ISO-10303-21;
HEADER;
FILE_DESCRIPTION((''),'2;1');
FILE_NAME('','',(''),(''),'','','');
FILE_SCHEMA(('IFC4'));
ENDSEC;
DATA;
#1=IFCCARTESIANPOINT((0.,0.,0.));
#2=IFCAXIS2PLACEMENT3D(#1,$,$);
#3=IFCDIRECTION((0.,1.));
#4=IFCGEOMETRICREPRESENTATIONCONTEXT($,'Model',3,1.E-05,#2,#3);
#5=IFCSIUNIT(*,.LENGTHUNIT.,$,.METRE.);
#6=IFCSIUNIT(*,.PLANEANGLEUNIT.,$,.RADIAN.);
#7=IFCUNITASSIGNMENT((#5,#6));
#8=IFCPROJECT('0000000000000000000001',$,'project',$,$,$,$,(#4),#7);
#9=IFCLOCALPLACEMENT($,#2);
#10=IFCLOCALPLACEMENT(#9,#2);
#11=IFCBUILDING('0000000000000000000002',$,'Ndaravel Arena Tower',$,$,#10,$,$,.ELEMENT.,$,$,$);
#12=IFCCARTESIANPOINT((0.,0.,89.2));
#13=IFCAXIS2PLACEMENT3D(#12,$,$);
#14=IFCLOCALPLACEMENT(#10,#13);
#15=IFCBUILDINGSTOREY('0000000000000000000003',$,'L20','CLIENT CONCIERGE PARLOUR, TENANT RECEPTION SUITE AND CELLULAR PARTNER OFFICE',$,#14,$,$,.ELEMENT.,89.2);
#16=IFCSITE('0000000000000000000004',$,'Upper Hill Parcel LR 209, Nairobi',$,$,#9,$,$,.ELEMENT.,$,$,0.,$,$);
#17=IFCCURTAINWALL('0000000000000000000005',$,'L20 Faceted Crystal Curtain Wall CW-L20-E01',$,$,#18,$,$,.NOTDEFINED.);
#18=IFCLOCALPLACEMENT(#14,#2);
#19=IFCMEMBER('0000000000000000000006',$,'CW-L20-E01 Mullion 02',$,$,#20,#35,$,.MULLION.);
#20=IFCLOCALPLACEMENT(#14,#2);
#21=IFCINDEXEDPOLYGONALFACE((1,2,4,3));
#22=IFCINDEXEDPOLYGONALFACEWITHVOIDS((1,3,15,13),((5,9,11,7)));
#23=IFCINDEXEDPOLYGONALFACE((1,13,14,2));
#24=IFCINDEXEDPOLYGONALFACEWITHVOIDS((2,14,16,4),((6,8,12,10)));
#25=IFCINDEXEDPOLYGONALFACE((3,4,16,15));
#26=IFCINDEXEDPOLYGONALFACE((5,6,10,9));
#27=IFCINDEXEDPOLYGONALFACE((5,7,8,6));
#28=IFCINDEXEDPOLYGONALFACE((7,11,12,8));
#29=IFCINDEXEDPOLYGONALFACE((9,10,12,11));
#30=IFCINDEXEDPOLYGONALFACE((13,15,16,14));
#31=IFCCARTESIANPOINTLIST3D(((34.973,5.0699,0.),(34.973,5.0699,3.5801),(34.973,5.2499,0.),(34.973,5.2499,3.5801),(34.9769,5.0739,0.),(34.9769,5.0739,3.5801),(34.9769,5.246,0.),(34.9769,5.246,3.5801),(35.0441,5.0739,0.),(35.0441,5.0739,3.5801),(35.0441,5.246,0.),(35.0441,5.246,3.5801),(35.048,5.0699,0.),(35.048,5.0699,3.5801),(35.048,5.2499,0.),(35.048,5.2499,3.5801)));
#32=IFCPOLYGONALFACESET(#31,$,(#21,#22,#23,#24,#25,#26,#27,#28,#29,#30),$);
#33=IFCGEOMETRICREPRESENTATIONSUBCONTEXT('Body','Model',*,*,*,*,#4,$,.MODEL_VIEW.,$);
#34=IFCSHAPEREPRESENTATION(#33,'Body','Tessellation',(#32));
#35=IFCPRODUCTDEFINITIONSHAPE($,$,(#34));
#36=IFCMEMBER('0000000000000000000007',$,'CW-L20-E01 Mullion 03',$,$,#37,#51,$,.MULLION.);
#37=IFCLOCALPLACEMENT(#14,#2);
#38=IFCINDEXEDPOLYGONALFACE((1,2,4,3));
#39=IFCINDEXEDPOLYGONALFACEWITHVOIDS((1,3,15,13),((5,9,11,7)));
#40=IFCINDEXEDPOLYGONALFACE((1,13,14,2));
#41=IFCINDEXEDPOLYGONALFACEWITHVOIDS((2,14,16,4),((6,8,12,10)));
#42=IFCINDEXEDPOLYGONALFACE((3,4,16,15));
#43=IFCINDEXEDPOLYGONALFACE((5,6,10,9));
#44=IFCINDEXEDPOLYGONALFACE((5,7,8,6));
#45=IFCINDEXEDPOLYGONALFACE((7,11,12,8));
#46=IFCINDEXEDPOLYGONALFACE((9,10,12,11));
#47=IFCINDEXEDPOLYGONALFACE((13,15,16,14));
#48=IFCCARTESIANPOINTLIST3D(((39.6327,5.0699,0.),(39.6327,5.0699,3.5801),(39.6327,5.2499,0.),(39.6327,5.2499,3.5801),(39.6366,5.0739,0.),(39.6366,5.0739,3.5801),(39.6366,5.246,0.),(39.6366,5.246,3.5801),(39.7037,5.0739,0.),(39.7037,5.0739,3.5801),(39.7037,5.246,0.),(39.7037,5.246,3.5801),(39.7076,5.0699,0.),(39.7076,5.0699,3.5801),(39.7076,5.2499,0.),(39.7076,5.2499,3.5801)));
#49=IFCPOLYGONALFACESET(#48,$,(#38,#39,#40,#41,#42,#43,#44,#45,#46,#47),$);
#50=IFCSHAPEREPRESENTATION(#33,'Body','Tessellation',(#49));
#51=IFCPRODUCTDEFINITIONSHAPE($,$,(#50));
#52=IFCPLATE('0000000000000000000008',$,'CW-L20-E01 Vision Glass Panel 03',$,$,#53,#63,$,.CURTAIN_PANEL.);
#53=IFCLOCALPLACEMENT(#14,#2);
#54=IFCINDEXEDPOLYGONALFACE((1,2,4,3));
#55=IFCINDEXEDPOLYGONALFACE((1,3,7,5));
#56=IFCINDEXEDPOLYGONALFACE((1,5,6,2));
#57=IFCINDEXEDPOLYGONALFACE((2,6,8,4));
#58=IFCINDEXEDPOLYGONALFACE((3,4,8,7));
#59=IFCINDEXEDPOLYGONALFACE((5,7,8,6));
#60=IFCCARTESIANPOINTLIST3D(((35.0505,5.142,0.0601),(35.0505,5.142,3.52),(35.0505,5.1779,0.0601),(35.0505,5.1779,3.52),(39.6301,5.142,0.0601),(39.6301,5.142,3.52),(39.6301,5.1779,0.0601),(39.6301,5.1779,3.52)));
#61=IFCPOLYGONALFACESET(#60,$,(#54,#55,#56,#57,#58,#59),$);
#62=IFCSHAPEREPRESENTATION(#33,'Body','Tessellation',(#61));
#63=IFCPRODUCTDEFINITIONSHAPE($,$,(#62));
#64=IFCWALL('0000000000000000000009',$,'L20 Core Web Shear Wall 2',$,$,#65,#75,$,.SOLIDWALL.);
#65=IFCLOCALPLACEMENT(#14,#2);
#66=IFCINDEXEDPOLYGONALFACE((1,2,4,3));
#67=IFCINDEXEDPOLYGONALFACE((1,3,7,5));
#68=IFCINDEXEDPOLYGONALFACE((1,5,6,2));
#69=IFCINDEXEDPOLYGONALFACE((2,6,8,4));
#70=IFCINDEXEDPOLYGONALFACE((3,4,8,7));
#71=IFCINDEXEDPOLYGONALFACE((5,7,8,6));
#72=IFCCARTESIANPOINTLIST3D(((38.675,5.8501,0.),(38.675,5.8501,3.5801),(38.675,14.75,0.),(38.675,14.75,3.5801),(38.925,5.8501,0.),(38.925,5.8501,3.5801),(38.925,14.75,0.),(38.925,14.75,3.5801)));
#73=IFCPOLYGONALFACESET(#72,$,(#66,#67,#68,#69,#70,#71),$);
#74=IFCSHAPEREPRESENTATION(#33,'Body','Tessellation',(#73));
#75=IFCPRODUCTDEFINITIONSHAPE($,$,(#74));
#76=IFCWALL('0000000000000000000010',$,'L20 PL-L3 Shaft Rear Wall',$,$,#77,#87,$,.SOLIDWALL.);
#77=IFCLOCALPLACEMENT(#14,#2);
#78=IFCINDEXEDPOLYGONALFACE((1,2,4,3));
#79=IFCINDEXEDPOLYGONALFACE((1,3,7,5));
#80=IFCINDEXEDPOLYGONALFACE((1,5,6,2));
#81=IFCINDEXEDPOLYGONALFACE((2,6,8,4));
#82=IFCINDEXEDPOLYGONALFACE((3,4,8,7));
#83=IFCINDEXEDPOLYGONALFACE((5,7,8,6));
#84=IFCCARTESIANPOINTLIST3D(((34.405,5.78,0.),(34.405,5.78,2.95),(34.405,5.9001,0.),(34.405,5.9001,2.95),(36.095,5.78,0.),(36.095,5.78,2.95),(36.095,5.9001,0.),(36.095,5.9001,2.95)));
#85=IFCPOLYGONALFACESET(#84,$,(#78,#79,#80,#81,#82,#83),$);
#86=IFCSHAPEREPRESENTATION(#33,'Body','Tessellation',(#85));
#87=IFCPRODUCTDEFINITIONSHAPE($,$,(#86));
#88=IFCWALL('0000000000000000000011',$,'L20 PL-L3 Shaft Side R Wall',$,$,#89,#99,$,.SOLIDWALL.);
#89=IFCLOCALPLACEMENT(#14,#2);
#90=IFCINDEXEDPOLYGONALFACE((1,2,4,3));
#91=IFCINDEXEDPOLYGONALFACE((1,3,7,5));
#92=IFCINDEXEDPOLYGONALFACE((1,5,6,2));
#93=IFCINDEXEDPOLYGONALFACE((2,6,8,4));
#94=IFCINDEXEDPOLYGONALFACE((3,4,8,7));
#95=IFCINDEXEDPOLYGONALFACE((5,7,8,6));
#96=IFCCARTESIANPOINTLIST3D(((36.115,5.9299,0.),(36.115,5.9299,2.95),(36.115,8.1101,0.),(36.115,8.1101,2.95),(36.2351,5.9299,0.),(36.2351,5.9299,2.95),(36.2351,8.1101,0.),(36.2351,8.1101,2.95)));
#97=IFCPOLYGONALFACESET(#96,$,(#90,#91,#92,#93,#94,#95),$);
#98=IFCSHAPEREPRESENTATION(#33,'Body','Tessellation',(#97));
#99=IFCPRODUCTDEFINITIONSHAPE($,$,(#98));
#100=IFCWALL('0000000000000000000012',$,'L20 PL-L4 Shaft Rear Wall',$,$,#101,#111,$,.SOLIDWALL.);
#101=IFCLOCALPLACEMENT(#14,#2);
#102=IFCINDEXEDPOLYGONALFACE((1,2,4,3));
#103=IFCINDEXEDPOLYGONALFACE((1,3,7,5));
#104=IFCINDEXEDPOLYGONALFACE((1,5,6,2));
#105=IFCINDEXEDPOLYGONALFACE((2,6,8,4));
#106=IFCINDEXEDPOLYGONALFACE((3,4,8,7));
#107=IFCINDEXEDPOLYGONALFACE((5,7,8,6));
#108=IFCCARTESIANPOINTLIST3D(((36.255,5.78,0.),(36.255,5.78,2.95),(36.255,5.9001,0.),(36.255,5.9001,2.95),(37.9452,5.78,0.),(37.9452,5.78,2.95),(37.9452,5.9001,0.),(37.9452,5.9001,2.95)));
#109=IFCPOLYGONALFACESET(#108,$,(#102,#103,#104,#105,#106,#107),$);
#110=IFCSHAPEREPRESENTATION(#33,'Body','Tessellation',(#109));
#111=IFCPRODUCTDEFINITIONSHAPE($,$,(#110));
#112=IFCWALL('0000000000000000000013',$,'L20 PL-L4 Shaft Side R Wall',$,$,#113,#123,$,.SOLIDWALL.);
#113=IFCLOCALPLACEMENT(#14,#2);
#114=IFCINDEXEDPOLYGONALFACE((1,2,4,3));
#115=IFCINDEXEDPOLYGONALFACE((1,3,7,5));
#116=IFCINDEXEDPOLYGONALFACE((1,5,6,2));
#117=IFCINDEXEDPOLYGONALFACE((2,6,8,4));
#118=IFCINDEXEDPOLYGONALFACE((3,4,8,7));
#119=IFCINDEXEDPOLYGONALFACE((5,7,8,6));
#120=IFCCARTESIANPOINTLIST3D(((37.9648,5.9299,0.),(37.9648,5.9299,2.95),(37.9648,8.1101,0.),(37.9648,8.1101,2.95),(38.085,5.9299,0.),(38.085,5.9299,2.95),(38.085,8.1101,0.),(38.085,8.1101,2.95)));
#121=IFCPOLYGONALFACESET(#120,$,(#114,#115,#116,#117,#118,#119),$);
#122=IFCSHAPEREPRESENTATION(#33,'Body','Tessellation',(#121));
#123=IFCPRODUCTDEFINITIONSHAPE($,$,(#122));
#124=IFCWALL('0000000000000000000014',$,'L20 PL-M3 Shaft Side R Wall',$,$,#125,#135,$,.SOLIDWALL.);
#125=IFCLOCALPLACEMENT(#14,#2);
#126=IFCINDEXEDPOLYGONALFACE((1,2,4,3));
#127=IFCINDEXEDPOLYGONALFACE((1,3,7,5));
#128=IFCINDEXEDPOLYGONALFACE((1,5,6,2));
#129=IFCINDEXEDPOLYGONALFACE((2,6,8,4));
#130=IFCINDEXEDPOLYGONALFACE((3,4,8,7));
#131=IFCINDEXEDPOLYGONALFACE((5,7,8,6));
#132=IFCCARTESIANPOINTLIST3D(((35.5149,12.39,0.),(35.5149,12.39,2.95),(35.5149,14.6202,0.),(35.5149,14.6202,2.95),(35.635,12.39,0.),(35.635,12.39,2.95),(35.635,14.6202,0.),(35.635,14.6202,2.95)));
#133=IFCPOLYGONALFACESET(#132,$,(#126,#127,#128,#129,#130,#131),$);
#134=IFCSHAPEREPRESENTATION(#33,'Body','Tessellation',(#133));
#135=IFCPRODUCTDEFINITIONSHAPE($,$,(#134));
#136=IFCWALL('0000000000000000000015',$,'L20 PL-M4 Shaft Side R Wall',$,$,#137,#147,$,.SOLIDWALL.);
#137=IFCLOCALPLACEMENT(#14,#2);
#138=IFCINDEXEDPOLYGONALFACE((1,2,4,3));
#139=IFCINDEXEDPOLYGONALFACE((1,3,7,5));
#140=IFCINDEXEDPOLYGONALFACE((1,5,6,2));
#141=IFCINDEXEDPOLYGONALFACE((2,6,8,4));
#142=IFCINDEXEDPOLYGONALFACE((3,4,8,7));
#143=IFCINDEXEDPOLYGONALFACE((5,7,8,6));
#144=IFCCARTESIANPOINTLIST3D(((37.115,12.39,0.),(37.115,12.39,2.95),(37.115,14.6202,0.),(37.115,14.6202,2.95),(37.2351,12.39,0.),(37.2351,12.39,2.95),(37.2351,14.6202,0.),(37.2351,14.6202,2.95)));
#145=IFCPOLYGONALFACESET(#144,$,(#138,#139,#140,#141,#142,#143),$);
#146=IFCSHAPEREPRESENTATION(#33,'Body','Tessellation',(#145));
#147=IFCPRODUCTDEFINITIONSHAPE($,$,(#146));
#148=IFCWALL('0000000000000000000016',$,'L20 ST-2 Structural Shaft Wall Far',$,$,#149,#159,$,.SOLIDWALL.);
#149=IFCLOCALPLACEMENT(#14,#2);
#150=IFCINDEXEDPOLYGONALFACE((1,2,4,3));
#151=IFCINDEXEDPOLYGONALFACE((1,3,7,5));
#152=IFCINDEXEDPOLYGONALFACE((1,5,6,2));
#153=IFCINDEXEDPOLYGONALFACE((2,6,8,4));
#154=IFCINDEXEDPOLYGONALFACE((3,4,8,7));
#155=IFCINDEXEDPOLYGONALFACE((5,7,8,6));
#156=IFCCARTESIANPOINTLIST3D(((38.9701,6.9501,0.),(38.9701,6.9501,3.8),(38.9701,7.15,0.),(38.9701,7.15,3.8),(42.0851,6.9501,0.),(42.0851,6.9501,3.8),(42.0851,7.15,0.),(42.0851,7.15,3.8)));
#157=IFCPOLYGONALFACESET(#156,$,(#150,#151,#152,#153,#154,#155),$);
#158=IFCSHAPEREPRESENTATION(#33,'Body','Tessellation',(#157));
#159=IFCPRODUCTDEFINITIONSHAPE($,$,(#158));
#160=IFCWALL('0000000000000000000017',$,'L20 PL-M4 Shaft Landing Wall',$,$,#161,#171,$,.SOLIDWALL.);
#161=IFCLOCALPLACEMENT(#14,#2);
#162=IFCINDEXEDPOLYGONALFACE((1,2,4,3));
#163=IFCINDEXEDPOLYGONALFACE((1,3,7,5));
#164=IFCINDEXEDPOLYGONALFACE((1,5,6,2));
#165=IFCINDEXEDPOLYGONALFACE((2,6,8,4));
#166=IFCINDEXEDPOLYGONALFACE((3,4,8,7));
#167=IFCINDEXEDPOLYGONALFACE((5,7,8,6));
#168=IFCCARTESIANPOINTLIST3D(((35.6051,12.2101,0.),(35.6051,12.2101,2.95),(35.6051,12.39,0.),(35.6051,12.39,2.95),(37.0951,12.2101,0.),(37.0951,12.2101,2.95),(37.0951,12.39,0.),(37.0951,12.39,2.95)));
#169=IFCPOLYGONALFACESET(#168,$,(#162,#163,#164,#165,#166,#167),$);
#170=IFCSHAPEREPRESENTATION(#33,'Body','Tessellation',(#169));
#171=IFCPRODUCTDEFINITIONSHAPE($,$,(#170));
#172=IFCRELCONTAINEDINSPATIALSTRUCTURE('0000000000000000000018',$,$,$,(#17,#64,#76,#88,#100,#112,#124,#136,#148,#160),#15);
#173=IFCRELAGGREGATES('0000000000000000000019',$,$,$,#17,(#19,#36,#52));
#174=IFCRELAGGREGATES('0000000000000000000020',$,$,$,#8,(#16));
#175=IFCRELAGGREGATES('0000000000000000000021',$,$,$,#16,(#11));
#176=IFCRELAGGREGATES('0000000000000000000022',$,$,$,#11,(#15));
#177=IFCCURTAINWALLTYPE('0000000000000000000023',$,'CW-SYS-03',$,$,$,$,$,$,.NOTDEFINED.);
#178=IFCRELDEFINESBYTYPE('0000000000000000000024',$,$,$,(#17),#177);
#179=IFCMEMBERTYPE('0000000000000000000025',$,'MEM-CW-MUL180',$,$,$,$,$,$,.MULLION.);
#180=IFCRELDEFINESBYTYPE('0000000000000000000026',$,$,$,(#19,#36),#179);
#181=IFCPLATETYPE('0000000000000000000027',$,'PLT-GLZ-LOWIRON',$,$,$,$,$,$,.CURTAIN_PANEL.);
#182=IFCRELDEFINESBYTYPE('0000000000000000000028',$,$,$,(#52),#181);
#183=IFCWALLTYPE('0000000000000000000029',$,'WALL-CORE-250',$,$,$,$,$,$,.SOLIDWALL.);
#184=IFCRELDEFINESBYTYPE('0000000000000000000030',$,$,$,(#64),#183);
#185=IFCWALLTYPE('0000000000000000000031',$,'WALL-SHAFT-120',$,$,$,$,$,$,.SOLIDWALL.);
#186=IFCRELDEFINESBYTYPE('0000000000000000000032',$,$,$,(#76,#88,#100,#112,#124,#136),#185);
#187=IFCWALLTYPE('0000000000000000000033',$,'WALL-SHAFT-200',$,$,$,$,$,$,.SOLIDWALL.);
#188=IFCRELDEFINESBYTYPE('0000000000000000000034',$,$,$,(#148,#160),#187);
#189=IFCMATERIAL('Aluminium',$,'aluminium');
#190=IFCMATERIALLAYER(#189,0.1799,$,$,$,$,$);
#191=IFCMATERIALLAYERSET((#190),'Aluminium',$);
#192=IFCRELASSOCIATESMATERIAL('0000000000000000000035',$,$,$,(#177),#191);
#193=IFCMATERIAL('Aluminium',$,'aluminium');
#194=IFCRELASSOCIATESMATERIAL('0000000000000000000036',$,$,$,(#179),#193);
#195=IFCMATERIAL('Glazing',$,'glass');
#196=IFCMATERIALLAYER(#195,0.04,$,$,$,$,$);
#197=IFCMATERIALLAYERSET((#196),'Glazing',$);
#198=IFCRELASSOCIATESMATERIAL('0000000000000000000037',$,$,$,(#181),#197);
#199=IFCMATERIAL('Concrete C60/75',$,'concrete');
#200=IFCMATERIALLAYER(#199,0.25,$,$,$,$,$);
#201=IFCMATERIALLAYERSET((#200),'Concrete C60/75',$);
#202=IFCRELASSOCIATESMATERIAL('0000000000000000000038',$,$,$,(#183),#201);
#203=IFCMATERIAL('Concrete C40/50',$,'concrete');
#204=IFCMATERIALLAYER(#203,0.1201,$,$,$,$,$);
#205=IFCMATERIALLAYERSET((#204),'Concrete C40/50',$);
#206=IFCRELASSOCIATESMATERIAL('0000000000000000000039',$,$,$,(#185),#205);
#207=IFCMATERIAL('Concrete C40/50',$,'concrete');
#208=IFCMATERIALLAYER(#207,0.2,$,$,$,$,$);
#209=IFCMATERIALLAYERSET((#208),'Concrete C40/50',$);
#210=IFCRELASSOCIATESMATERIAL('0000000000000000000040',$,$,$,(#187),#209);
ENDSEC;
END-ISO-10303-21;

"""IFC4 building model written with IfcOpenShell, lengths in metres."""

from ifc_helpers import new_model, si_unit, direction, frame, frame_2d, origin, origin_2d, place, context, subcontext, project, spatial, rectangle, hollow_rectangle, extrude, material, layer, layer_set, material_profile, profile_set, type_object, element, aggregate, save


model = new_model("IFC4")

# Units and contexts
model_context = context("Model", 3, precision=1e-05, world=origin(), true_north=direction((0.0, 1.0)))
body_context = subcontext(model_context, "Body", "Model", "MODEL_VIEW")
ifc_project = project(units=[si_unit("LENGTHUNIT", "METRE"), si_unit("PLANEANGLEUNIT", "RADIAN")], contexts=[model_context])

# Site, building, storey
site_placement = place(None, origin())
site = spatial("IfcSite", under=ifc_project, at=site_placement, Name="Upper Hill Parcel LR 209, Nairobi", CompositionType="ELEMENT", RefElevation=0.0)
building_placement = place(site_placement, origin())
building = spatial("IfcBuilding", under=site, at=building_placement, Name="Ndaravel Arena Tower", CompositionType="ELEMENT")
storey_placement = place(building_placement, frame((0.0, 0.0, 89.2)))
storey = spatial("IfcBuildingStorey", under=building, at=storey_placement, Name="L20", Description="CLIENT CONCIERGE PARLOUR, TENANT RECEPTION SUITE AND CELLULAR PARTNER OFFICE", CompositionType="ELEMENT", Elevation=89.2)

# Curtain wall, members, plate
ifc_material_1 = material(Name="Aluminium", Category="aluminium")
ifc_layer_1 = layer(ifc_material_1, 0.1799)
ifc_layer_set_1 = layer_set([ifc_layer_1], Name="Aluminium")
curtain_wall_type = type_object("IfcCurtainWallType", Name="CW-SYS-03", PredefinedType="NOTDEFINED", material=ifc_layer_set_1)
curtain_wall_placement = place(storey_placement, origin())
curtain_wall = element("IfcCurtainWall", 1, at=curtain_wall_placement, inside=storey, type_object=curtain_wall_type, Name="L20 Faceted Crystal Curtain Wall CW-L20-E01", PredefinedType="NOTDEFINED")
ifc_material_2 = material(Name="Aluminium", Category="aluminium")
ifc_material_profile = material_profile(ifc_material_2, hollow_rectangle(XDim=0.075, YDim=0.1799, WallThickness=0.0039, at=origin_2d()), Name="CW MULLION 75x180x4")
ifc_profile_set = profile_set([ifc_material_profile], Name="Aluminium")
member_type = type_object("IfcMemberType", Name="MEM-CW-MUL180", PredefinedType="MULLION", material=ifc_profile_set)
member_1_placement = place(storey_placement, frame((35.0105, 5.1599, 0.0), z_axis=(0.0, 0.0, 1.0), x_axis=(1.0, 0.0, 0.0)))
member_1 = element("IfcMember", 2, at=member_1_placement, type_object=member_type, Name="CW-L20-E01 Mullion 02", PredefinedType="MULLION", context=body_context, shape_type="SweptSolid", body=[
    extrude(hollow_rectangle(XDim=0.075, YDim=0.1799, WallThickness=0.0039, at=origin_2d()), origin(), (0.0, 0.0, 1.0), 3.5801),
])
member_2_placement = place(storey_placement, frame((39.6702, 5.1599, 0.0), z_axis=(0.0, 0.0, 1.0), x_axis=(1.0, 0.0, 0.0)))
member_2 = element("IfcMember", 3, at=member_2_placement, type_object=member_type, Name="CW-L20-E01 Mullion 03", PredefinedType="MULLION", context=body_context, shape_type="SweptSolid", body=[
    extrude(hollow_rectangle(XDim=0.075, YDim=0.1799, WallThickness=0.0039, at=origin_2d()), origin(), (0.0, 0.0, 1.0), 3.5801),
])
ifc_material_3 = material(Name="Glazing", Category="glass")
ifc_layer_2 = layer(ifc_material_3, 0.04)
ifc_layer_set_2 = layer_set([ifc_layer_2], Name="Glazing")
plate_type = type_object("IfcPlateType", Name="PLT-GLZ-LOWIRON", PredefinedType="CURTAIN_PANEL", material=ifc_layer_set_2)
plate_placement = place(storey_placement, frame((37.3403, 5.1599, 0.0601), z_axis=(0.0, 0.0, 1.0), x_axis=(1.0, 0.0, 0.0)))
plate = element("IfcPlate", 4, at=plate_placement, type_object=plate_type, Name="CW-L20-E01 Vision Glass Panel 03", PredefinedType="CURTAIN_PANEL", context=body_context, shape_type="SweptSolid", body=[
    extrude(rectangle(XDim=4.5796, YDim=0.0359, at=origin_2d()), origin(), (0.0, 0.0, 1.0), 3.46),
])
aggregate(curtain_wall, [member_1, member_2, plate])

# Walls
ifc_material_4 = material(Name="Concrete C60/75", Category="concrete")
ifc_layer_3 = layer(ifc_material_4, 0.25)
ifc_layer_set_3 = layer_set([ifc_layer_3], Name="Concrete C60/75")
wall_type_1 = type_object("IfcWallType", Name="WALL-CORE-250", PredefinedType="SOLIDWALL", material=ifc_layer_set_3)
wall_1_placement = place(storey_placement, frame((38.8, 5.8501, 0.0), z_axis=(0.0, 0.0, 1.0), x_axis=(0.0, 1.0, 0.0)))
element("IfcWall", 5, at=wall_1_placement, inside=storey, type_object=wall_type_1, Name="L20 Core Web Shear Wall 2", PredefinedType="SOLIDWALL", context=body_context, shape_type="SweptSolid", body=[
    extrude(rectangle(XDim=8.8999, YDim=0.25, at=frame_2d((4.45, 0.0))), origin(), (0.0, 0.0, 1.0), 3.5801),
])
ifc_material_5 = material(Name="Concrete C40/50", Category="concrete")
ifc_layer_4 = layer(ifc_material_5, 0.1201)
ifc_layer_set_4 = layer_set([ifc_layer_4], Name="Concrete C40/50")
wall_type_2 = type_object("IfcWallType", Name="WALL-SHAFT-120", PredefinedType="SOLIDWALL", material=ifc_layer_set_4)
wall_2_placement = place(storey_placement, frame((34.405, 5.8401, 0.0), z_axis=(0.0, 0.0, 1.0), x_axis=(1.0, 0.0, 0.0)))
element("IfcWall", 6, at=wall_2_placement, inside=storey, type_object=wall_type_2, Name="L20 PL-L3 Shaft Rear Wall", PredefinedType="SOLIDWALL", context=body_context, shape_type="SweptSolid", body=[
    extrude(rectangle(XDim=1.6899, YDim=0.1201, at=frame_2d((0.845, 0.0))), origin(), (0.0, 0.0, 1.0), 2.95),
])
wall_3_placement = place(storey_placement, frame((36.175, 5.9299, 0.0), z_axis=(0.0, 0.0, 1.0), x_axis=(0.0, 1.0, 0.0)))
element("IfcWall", 7, at=wall_3_placement, inside=storey, type_object=wall_type_2, Name="L20 PL-L3 Shaft Side R Wall", PredefinedType="SOLIDWALL", context=body_context, shape_type="SweptSolid", body=[
    extrude(rectangle(XDim=2.1802, YDim=0.1201, at=frame_2d((1.0901, 0.0))), origin(), (0.0, 0.0, 1.0), 2.95),
])
wall_4_placement = place(storey_placement, frame((36.2549, 5.8401, 0.0), z_axis=(0.0, 0.0, 1.0), x_axis=(1.0, 0.0, 0.0)))
element("IfcWall", 8, at=wall_4_placement, inside=storey, type_object=wall_type_2, Name="L20 PL-L4 Shaft Rear Wall", PredefinedType="SOLIDWALL", context=body_context, shape_type="SweptSolid", body=[
    extrude(rectangle(XDim=1.6902, YDim=0.1201, at=frame_2d((0.8452, 0.0))), origin(), (0.0, 0.0, 1.0), 2.95),
])
wall_5_placement = place(storey_placement, frame((38.0249, 5.9299, 0.0), z_axis=(0.0, 0.0, 1.0), x_axis=(0.0, 1.0, 0.0)))
element("IfcWall", 9, at=wall_5_placement, inside=storey, type_object=wall_type_2, Name="L20 PL-L4 Shaft Side R Wall", PredefinedType="SOLIDWALL", context=body_context, shape_type="SweptSolid", body=[
    extrude(rectangle(XDim=2.1802, YDim=0.1201, at=frame_2d((1.0901, 0.0))), origin(), (0.0, 0.0, 1.0), 2.95),
])
for number, where, z_axis, x_axis, name in (
    (10, (35.575, 12.3899, 0.0), (0.0, 0.0, 1.0), (0.0, 1.0, 0.0), "L20 PL-M3 Shaft Side R Wall"),
    (11, (37.175, 12.3899, 0.0), (0.0, 0.0, 1.0), (0.0, 1.0, 0.0), "L20 PL-M4 Shaft Side R Wall"),
):
    element("IfcWall", number, at=place(storey_placement, frame(where, z_axis=z_axis, x_axis=x_axis)), inside=storey, type_object=wall_type_2, Name=name, PredefinedType="SOLIDWALL", context=body_context, shape_type="SweptSolid", body=[
        extrude(rectangle(XDim=2.2302, YDim=0.1201, at=frame_2d((1.1152, 0.0))), origin(), (0.0, 0.0, 1.0), 2.95),
    ])
ifc_material_6 = material(Name="Concrete C40/50", Category="concrete")
ifc_layer_5 = layer(ifc_material_6, 0.2)
ifc_layer_set_5 = layer_set([ifc_layer_5], Name="Concrete C40/50")
wall_type_3 = type_object("IfcWallType", Name="WALL-SHAFT-200", PredefinedType="SOLIDWALL", material=ifc_layer_set_5)
wall_6_placement = place(storey_placement, frame((38.97, 7.05, 0.0), z_axis=(0.0, 0.0, 1.0), x_axis=(1.0, 0.0, 0.0)))
element("IfcWall", 12, at=wall_6_placement, inside=storey, type_object=wall_type_3, Name="L20 ST-2 Structural Shaft Wall Far", PredefinedType="SOLIDWALL", context=body_context, shape_type="SweptSolid", body=[
    extrude(rectangle(XDim=3.115, YDim=0.2, at=frame_2d((1.5576, 0.0))), origin(), (0.0, 0.0, 1.0), 3.8),
])

# Wall
wall_7_placement = place(storey_placement, frame((35.605, 12.3, 0.0), z_axis=(0.0, 0.0, 1.0), x_axis=(1.0, 0.0, 0.0)))
element("IfcWall", 13, at=wall_7_placement, inside=storey, type_object=wall_type_3, Name="L20 PL-M4 Shaft Landing Wall", PredefinedType="SOLIDWALL", context=body_context, shape_type="SweptSolid", body=[
    extrude(rectangle(XDim=1.49, YDim=0.1799, at=frame_2d((0.7451, 0.0))), origin(), (0.0, 0.0, 1.0), 2.95),
])

save(model, "model.ifc")
